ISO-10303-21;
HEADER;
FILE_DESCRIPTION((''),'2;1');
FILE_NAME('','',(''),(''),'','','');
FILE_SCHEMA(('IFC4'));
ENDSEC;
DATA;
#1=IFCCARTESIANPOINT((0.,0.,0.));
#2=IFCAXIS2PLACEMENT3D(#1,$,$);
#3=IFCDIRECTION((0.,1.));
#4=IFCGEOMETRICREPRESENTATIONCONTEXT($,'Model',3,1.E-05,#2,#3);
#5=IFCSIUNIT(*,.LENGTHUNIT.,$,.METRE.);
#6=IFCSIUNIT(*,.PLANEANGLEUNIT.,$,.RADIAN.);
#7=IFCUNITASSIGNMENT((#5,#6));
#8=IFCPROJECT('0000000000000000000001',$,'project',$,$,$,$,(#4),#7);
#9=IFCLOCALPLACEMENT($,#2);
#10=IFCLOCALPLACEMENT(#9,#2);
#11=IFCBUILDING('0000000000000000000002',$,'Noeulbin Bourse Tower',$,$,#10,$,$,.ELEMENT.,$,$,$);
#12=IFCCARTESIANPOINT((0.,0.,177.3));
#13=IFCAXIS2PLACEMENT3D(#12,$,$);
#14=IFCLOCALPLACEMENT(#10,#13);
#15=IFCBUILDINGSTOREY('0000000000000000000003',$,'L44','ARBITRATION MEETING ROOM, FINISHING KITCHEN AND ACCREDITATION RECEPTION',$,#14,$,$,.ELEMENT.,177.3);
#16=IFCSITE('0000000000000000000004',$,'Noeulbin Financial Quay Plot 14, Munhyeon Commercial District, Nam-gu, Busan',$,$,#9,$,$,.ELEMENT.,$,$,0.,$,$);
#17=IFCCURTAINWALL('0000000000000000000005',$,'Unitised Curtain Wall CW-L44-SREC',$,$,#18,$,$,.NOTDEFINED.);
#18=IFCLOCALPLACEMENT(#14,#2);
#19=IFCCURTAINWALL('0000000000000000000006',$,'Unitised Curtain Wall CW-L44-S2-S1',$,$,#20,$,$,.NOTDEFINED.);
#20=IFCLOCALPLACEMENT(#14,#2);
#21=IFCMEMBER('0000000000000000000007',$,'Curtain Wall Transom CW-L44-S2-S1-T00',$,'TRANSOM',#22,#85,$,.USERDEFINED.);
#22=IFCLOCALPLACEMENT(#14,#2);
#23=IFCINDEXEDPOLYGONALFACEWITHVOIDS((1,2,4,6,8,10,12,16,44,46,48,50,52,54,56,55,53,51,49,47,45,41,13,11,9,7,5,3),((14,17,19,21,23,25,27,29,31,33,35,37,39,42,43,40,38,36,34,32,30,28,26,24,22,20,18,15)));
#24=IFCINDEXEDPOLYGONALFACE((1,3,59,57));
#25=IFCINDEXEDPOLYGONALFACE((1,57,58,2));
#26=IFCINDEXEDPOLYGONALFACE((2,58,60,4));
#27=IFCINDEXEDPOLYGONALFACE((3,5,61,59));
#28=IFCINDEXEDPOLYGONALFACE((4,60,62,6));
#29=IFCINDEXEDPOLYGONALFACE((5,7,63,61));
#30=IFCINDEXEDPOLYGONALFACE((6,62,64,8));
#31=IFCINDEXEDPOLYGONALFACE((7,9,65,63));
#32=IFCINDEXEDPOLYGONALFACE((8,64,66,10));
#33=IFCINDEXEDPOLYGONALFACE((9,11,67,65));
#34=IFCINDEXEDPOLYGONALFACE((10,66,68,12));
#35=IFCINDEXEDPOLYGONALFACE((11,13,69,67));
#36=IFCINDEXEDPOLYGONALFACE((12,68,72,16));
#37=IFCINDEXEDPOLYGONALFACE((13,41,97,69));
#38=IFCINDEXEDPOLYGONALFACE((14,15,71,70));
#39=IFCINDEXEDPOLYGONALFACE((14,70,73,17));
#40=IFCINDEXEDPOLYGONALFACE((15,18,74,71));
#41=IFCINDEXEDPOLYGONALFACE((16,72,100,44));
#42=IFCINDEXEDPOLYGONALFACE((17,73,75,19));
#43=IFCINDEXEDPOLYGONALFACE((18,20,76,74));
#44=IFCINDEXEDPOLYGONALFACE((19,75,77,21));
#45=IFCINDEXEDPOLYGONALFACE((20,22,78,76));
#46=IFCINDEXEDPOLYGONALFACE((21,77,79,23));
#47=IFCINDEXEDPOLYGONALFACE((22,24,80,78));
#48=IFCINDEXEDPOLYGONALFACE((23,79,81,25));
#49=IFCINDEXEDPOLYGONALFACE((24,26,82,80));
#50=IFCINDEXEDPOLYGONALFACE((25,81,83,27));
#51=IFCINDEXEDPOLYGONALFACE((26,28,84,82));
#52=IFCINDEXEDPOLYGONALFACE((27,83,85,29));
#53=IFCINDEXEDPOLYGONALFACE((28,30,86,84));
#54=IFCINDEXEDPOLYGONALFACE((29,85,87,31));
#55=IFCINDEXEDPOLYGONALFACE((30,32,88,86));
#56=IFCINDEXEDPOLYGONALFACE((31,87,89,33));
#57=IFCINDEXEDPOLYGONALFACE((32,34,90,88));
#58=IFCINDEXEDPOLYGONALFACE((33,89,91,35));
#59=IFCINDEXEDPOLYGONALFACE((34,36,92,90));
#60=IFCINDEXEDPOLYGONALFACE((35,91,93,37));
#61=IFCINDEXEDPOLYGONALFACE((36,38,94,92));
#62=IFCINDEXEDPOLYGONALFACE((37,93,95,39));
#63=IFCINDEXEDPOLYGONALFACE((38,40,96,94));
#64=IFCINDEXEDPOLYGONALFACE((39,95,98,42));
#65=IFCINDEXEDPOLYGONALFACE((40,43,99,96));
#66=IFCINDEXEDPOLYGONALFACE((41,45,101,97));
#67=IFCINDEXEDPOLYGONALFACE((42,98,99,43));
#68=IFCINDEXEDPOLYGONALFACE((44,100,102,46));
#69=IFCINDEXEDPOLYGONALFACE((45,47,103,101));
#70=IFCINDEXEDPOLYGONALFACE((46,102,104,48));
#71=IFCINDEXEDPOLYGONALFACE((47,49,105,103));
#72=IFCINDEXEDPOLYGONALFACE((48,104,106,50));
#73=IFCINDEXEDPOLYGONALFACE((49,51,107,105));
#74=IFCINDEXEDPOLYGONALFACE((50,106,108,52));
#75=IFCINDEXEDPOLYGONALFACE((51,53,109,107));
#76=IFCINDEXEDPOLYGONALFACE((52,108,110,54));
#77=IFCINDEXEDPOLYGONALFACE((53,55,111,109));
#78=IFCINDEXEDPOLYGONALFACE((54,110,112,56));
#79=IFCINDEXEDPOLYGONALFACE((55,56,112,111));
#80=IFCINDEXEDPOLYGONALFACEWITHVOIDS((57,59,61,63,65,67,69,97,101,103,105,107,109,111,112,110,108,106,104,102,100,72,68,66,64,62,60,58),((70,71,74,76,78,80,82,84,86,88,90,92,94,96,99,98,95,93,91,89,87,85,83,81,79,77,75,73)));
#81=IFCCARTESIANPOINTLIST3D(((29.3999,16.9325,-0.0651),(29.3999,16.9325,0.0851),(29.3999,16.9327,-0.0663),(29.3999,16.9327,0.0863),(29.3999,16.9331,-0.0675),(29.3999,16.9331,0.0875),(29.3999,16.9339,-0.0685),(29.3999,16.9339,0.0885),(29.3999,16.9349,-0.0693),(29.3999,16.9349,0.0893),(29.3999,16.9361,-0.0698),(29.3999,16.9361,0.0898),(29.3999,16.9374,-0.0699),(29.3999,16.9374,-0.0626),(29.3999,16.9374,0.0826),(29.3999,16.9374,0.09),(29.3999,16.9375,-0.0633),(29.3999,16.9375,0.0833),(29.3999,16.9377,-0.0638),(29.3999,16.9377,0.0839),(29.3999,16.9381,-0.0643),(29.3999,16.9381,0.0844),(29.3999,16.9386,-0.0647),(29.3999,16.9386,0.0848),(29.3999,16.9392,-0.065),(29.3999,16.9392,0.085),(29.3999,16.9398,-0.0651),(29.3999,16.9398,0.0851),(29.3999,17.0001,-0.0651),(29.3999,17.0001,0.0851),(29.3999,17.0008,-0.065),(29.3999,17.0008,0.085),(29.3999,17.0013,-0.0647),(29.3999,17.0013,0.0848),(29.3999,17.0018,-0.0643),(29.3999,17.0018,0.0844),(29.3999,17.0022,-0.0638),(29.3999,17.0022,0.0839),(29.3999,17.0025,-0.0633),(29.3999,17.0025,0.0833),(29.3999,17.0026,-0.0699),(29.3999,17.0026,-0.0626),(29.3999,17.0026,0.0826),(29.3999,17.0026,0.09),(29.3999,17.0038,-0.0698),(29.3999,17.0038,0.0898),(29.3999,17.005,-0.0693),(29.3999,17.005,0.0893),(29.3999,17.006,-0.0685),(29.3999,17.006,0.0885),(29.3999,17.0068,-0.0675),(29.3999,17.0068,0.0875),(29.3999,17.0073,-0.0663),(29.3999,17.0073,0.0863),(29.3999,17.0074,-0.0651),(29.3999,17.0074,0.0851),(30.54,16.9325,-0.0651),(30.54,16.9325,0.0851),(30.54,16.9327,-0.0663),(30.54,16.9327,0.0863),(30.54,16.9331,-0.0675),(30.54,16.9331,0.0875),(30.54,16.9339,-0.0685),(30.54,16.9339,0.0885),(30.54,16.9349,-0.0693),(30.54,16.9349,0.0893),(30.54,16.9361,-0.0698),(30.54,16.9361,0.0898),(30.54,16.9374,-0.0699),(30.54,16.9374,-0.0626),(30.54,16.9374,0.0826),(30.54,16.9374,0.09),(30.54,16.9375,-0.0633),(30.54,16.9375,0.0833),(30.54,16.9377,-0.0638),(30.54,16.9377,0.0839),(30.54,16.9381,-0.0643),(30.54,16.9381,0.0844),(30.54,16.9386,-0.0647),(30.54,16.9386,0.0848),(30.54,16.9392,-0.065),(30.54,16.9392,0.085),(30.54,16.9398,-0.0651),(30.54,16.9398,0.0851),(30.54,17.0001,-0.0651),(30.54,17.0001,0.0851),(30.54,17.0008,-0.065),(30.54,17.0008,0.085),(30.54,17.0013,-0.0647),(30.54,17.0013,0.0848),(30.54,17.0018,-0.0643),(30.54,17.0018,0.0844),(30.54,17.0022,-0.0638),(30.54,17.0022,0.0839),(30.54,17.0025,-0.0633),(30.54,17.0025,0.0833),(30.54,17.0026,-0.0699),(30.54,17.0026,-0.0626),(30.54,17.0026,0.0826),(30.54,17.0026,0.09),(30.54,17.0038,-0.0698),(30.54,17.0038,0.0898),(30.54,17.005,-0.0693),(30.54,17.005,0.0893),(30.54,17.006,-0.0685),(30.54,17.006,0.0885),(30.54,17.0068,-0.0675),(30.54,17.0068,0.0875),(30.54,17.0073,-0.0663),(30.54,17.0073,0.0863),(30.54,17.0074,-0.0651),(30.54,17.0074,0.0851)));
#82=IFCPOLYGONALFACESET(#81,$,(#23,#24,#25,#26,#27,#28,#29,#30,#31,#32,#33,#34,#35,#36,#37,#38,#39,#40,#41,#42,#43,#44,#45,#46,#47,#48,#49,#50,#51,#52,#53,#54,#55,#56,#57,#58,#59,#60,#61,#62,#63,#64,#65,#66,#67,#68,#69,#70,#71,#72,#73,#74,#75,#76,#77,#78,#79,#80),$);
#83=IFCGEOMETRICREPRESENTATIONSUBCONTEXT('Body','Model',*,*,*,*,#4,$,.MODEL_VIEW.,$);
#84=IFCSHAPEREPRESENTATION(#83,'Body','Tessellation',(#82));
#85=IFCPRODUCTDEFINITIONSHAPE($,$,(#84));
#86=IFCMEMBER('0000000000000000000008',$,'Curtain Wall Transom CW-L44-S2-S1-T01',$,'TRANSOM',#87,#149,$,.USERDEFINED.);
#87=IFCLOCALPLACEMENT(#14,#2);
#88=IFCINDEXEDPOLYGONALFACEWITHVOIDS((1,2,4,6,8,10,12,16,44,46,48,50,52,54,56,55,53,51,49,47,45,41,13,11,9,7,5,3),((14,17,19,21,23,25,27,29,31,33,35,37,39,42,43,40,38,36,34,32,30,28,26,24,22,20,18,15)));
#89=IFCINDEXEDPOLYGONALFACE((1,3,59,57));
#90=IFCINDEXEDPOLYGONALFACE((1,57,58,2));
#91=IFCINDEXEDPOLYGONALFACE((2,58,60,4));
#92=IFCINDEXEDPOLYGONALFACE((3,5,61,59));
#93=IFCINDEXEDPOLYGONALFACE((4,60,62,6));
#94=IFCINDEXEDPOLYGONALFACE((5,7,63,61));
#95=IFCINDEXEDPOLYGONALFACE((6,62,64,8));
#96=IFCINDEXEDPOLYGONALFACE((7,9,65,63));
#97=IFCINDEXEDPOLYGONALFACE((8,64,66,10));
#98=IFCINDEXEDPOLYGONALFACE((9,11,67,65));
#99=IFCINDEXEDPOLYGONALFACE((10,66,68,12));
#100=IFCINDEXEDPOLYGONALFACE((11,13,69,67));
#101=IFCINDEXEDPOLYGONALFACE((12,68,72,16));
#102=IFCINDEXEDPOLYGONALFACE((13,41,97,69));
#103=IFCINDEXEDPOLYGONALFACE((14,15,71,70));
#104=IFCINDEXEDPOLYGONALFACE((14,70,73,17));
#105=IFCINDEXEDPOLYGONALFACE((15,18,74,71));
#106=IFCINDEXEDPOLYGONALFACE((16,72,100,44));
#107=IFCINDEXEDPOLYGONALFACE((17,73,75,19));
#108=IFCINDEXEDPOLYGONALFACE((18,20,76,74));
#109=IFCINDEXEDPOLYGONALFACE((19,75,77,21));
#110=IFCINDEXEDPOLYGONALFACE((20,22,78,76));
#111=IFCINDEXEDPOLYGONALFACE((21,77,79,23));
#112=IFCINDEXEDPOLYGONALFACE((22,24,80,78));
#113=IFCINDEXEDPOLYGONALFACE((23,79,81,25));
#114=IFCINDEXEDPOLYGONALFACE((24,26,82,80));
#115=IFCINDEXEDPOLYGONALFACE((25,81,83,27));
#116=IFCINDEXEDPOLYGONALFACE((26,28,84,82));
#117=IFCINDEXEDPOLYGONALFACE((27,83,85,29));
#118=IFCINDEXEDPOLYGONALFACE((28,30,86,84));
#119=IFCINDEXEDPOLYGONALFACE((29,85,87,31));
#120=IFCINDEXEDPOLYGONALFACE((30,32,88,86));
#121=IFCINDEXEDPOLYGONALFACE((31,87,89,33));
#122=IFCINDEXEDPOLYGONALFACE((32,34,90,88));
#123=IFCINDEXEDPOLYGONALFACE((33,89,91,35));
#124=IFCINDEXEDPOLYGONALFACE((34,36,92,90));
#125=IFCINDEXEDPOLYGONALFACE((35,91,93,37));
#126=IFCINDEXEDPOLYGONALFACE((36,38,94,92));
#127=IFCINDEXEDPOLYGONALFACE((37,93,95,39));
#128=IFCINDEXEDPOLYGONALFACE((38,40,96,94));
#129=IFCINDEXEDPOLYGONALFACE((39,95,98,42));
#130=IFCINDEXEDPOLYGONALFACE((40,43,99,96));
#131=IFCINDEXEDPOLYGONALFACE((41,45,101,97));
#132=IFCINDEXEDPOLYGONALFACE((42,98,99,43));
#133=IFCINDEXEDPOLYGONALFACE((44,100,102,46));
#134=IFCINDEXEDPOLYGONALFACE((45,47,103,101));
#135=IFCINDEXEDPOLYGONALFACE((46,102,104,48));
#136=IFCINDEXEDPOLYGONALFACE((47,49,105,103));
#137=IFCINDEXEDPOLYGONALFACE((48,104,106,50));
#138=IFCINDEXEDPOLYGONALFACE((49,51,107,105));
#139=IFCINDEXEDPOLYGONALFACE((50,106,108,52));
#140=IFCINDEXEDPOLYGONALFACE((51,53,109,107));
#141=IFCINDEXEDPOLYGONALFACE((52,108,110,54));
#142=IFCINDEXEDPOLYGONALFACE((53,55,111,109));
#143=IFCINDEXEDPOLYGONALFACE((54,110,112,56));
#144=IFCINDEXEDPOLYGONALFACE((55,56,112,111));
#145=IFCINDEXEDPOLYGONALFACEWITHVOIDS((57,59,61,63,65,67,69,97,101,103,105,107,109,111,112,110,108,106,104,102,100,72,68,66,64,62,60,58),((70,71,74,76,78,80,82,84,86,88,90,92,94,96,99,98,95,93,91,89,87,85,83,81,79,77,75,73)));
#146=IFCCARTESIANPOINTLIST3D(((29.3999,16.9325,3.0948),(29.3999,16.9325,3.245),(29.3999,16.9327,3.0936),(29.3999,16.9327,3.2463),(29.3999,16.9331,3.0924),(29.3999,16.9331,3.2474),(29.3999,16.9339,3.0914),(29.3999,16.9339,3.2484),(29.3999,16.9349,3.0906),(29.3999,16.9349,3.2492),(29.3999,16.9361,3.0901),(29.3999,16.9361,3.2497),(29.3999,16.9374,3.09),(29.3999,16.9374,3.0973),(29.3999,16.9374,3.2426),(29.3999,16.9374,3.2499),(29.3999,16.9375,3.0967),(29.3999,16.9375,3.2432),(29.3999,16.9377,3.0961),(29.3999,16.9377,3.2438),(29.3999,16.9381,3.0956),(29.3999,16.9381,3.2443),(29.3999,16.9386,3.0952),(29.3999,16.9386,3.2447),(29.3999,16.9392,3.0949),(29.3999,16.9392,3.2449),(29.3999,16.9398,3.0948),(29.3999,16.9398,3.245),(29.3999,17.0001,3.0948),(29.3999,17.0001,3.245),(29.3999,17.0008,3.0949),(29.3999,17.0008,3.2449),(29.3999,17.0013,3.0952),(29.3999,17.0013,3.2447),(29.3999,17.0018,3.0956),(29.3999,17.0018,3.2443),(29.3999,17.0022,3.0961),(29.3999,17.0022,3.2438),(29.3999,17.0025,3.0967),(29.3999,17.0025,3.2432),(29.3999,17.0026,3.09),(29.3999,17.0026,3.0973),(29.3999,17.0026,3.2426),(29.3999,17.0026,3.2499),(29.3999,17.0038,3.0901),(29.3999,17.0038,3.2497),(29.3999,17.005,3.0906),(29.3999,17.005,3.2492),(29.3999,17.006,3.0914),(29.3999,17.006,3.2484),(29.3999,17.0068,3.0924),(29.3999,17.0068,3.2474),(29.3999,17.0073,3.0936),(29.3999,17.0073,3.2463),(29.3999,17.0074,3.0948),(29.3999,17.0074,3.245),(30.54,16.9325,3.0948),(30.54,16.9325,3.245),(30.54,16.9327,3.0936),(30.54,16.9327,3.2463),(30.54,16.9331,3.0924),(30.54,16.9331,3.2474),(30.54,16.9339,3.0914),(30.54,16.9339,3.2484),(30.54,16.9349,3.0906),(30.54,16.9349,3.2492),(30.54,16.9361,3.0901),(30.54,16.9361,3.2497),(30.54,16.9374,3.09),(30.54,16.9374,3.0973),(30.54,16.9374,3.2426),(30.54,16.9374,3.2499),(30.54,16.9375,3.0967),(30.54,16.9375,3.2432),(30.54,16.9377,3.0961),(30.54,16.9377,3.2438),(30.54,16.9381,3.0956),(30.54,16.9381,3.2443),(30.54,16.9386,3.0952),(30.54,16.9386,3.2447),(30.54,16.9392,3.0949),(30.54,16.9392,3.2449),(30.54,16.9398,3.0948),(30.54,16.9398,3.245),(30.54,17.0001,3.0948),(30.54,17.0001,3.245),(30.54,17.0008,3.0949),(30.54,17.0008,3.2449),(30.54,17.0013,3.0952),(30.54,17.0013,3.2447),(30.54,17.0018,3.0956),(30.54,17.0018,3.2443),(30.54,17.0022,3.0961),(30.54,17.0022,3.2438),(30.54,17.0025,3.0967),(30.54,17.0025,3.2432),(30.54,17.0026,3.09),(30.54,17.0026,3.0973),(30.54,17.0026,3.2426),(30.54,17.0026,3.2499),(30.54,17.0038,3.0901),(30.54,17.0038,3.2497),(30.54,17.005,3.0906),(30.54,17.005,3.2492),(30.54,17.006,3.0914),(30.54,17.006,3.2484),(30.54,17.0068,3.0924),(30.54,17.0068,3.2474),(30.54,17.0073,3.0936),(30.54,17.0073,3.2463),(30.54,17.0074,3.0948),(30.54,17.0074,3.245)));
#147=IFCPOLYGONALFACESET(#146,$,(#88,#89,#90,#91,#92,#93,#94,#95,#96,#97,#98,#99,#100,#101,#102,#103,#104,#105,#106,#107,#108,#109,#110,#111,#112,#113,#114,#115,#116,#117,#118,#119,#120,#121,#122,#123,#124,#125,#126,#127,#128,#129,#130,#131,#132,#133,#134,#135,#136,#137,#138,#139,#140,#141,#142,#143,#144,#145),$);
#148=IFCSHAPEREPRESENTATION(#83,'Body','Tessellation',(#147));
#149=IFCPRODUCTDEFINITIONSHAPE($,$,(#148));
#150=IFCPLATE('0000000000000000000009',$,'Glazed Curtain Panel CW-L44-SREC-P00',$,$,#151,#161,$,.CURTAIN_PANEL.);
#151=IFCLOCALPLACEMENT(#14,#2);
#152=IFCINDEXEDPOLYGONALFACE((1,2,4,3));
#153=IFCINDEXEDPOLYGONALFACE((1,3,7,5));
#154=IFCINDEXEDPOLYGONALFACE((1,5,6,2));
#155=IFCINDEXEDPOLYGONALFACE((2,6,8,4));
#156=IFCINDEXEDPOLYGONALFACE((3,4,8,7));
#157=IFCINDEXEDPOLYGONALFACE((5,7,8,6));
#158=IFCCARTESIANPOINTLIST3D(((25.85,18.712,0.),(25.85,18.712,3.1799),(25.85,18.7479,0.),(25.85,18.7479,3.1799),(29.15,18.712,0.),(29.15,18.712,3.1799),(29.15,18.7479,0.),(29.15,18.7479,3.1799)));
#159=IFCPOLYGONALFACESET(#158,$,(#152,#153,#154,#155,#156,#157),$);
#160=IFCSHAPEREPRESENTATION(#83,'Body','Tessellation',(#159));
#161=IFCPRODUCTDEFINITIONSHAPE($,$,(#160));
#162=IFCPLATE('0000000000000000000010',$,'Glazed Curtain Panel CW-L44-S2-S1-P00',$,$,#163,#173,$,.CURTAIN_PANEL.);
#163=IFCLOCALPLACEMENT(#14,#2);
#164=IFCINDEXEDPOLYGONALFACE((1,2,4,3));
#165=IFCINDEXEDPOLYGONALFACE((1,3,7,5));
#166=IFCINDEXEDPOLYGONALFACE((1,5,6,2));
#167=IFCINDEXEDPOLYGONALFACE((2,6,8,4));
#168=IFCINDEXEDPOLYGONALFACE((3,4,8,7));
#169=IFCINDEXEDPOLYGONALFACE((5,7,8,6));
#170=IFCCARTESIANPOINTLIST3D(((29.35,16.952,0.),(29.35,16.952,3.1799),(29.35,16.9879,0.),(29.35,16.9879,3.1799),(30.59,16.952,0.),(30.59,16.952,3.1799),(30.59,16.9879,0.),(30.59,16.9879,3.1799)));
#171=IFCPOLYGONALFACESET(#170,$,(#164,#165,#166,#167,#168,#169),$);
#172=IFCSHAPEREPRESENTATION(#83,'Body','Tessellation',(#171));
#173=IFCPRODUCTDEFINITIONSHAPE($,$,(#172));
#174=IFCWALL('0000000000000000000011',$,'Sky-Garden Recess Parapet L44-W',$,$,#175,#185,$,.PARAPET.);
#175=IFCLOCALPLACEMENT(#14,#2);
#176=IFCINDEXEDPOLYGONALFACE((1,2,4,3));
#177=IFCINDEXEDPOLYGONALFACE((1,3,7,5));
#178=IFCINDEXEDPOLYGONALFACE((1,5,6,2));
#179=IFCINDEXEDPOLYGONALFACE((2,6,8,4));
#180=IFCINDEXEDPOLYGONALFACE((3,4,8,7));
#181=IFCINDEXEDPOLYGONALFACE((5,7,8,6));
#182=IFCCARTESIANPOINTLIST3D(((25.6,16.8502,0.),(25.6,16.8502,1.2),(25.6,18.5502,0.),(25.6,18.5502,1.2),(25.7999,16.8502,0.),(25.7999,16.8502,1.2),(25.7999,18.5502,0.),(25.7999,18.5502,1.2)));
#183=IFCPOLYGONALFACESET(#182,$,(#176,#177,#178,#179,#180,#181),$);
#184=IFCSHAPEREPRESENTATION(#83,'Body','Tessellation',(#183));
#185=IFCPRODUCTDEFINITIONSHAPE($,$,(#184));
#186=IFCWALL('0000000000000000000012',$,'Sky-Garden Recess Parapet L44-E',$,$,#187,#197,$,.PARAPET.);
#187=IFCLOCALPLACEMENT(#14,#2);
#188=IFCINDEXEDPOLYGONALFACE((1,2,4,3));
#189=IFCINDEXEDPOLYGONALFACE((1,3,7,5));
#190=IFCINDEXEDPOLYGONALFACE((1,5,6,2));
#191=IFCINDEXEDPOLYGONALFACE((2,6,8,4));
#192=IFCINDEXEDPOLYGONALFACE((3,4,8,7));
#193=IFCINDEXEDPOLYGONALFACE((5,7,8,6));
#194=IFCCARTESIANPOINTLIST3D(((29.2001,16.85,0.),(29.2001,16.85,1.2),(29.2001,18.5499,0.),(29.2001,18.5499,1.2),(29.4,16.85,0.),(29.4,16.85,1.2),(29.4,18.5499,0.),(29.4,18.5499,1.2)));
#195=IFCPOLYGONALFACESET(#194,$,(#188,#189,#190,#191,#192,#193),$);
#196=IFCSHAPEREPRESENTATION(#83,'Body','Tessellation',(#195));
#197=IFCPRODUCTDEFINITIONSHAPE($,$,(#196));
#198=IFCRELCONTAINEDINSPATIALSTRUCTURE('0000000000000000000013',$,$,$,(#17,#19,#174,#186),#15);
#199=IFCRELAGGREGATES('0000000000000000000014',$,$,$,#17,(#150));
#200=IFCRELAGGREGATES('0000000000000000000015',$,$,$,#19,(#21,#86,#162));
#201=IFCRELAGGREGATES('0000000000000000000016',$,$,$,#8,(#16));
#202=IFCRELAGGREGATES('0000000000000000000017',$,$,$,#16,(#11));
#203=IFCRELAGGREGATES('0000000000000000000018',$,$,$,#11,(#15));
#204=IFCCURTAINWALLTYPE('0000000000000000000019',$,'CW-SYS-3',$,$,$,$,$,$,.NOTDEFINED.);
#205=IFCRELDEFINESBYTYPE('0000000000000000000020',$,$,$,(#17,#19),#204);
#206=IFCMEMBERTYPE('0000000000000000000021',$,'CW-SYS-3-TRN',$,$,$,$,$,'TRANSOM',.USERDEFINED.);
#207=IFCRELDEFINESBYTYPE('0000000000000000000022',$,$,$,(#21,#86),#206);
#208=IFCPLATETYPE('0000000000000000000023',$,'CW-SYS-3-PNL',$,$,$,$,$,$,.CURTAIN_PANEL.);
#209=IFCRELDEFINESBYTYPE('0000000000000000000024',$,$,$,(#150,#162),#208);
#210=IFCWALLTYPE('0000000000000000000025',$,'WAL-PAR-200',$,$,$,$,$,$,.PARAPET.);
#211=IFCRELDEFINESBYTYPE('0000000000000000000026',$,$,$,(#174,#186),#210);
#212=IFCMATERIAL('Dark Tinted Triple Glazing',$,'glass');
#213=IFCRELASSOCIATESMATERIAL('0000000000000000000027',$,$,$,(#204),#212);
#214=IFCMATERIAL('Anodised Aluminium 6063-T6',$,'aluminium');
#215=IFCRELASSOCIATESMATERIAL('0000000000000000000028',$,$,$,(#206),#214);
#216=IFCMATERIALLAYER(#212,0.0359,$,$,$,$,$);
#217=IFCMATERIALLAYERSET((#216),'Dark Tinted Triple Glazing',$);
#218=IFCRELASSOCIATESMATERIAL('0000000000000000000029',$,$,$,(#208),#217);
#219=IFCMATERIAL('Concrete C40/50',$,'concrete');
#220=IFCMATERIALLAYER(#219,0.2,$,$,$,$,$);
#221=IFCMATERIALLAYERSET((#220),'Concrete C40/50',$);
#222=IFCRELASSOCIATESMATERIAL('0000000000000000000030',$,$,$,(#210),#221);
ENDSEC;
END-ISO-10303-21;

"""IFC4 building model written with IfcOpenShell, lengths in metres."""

from ifc_helpers import new_model, si_unit, direction, frame, frame_2d, origin, origin_2d, place, context, subcontext, project, spatial, rectangle, hollow_rectangle, extrude, material, layer, layer_set, material_profile, profile_set, type_object, element, aggregate, save


model = new_model("IFC4")

# Units and contexts
model_context = context("Model", 3, precision=1e-05, world=origin(), true_north=direction((0.0, 1.0)))
body_context = subcontext(model_context, "Body", "Model", "MODEL_VIEW")
ifc_project = project(units=[si_unit("LENGTHUNIT", "METRE"), si_unit("PLANEANGLEUNIT", "RADIAN")], contexts=[model_context])

# Site, building, storey
site_placement = place(None, origin())
site = spatial("IfcSite", under=ifc_project, at=site_placement, Name="Noeulbin Financial Quay Plot 14, Munhyeon Commercial District, Nam-gu, Busan", CompositionType="ELEMENT", RefElevation=0.0)
building_placement = place(site_placement, origin())
building = spatial("IfcBuilding", under=site, at=building_placement, Name="Noeulbin Bourse Tower", CompositionType="ELEMENT")
storey_placement = place(building_placement, frame((0.0, 0.0, 177.3)))
storey = spatial("IfcBuildingStorey", under=building, at=storey_placement, Name="L44", Description="ARBITRATION MEETING ROOM, FINISHING KITCHEN AND ACCREDITATION RECEPTION", CompositionType="ELEMENT", Elevation=177.3)

# Curtain wall
ifc_material_1 = material(Name="Dark Tinted Triple Glazing", Category="glass")
curtain_wall_type = type_object("IfcCurtainWallType", Name="CW-SYS-3", PredefinedType="NOTDEFINED", material=ifc_material_1)
curtain_wall_1_placement = place(storey_placement, origin())
curtain_wall_1 = element("IfcCurtainWall", 1, at=curtain_wall_1_placement, inside=storey, type_object=curtain_wall_type, Name="Unitised Curtain Wall CW-L44-SREC", PredefinedType="NOTDEFINED")
ifc_material_2 = material(Name="Anodised Aluminium 6063-T6", Category="aluminium")

# Curtain wall
curtain_wall_2_placement = place(storey_placement, origin())
curtain_wall_2 = element("IfcCurtainWall", 2, at=curtain_wall_2_placement, inside=storey, type_object=curtain_wall_type, Name="Unitised Curtain Wall CW-L44-S2-S1", PredefinedType="NOTDEFINED")

# Members
ifc_material_profile_1 = material_profile(ifc_material_2, hollow_rectangle(XDim=0.075, YDim=0.1599, WallThickness=0.0049, InnerFilletRadius=0.0024, OuterFilletRadius=0.0049, at=origin_2d()), Name="ALU-TRAN-75x160x5", Category="LoadBearing")
ifc_profile_set_1 = profile_set([ifc_material_profile_1], Name="Anodised Aluminium 6063-T6")
member_type_1 = type_object("IfcMemberType", Name="CW-SYS-3-TRN", ElementType="TRANSOM", PredefinedType="USERDEFINED", material=ifc_profile_set_1)
member_1_placement = place(storey_placement, frame((29.3999, 16.97, 0.01), z_axis=(1.0, 0.0, 0.0), x_axis=(0.0, 1.0, 0.0)))
member_1 = element("IfcMember", 3, at=member_1_placement, type_object=member_type_1, Name="Curtain Wall Transom CW-L44-S2-S1-T00", ObjectType="TRANSOM", PredefinedType="USERDEFINED", context=body_context, shape_type="SweptSolid", body=[
    extrude(hollow_rectangle(XDim=0.075, YDim=0.1599, WallThickness=0.0049, InnerFilletRadius=0.0024, OuterFilletRadius=0.0049, at=origin_2d()), origin(), (0.0, 0.0, 1.0), 1.1401),
])
member_2_placement = place(storey_placement, frame((29.3999, 16.97, 3.1699), z_axis=(1.0, 0.0, 0.0), x_axis=(0.0, 1.0, 0.0)))
member_2 = element("IfcMember", 4, at=member_2_placement, type_object=member_type_1, Name="Curtain Wall Transom CW-L44-S2-S1-T01", ObjectType="TRANSOM", PredefinedType="USERDEFINED", context=body_context, shape_type="SweptSolid", body=[
    extrude(hollow_rectangle(XDim=0.075, YDim=0.1599, WallThickness=0.0049, InnerFilletRadius=0.0024, OuterFilletRadius=0.0049, at=origin_2d()), origin(), (0.0, 0.0, 1.0), 1.1401),
])

# Plates
ifc_layer_1 = layer(ifc_material_1, 0.0359)
ifc_layer_set_1 = layer_set([ifc_layer_1], Name="Dark Tinted Triple Glazing")
plate_type = type_object("IfcPlateType", Name="CW-SYS-3-PNL", PredefinedType="CURTAIN_PANEL", material=ifc_layer_set_1)
plate_1_placement = place(storey_placement, frame((27.5, 18.73, 0.0), z_axis=(0.0, 0.0, 1.0), x_axis=(1.0, 0.0, 0.0)))
plate_1 = element("IfcPlate", 5, at=plate_1_placement, type_object=plate_type, Name="Glazed Curtain Panel CW-L44-SREC-P00", PredefinedType="CURTAIN_PANEL", context=body_context, shape_type="SweptSolid", body=[
    extrude(rectangle(XDim=3.3, YDim=0.0359, at=origin_2d()), origin(), (0.0, 0.0, 1.0), 3.1799),
])
aggregate(curtain_wall_1, [plate_1])
plate_2_placement = place(storey_placement, frame((29.97, 16.97, 0.0), z_axis=(0.0, 0.0, 1.0), x_axis=(1.0, 0.0, 0.0)))
plate_2 = element("IfcPlate", 6, at=plate_2_placement, type_object=plate_type, Name="Glazed Curtain Panel CW-L44-S2-S1-P00", PredefinedType="CURTAIN_PANEL", context=body_context, shape_type="SweptSolid", body=[
    extrude(rectangle(XDim=1.24, YDim=0.0359, at=origin_2d()), origin(), (0.0, 0.0, 1.0), 3.1799),
])
aggregate(curtain_wall_2, [member_1, member_2, plate_2])

# Walls
ifc_material_3 = material(Name="Concrete C40/50", Category="concrete")
ifc_layer_2 = layer(ifc_material_3, 0.2)
ifc_layer_set_2 = layer_set([ifc_layer_2], Name="Concrete C40/50")
wall_type_1 = type_object("IfcWallType", Name="WAL-PAR-200", PredefinedType="PARAPET", material=ifc_layer_set_2)
for number, where, z_axis, x_axis, name in (
    (7, (25.7, 16.8501, 0.0), (0.0, 0.0, 1.0), (0.0, 1.0, 0.0), "Sky-Garden Recess Parapet L44-W"),
    (8, (29.3, 18.55, 0.0), (0.0, 0.0, 1.0), (0.0, -1.0, 0.0), "Sky-Garden Recess Parapet L44-E"),
):
    element("IfcWall", number, at=place(storey_placement, frame(where, z_axis=z_axis, x_axis=x_axis)), inside=storey, type_object=wall_type_1, Name=name, PredefinedType="PARAPET", context=body_context, shape_type="SweptSolid", body=[
        extrude(rectangle(XDim=1.7, YDim=0.2, at=frame_2d((0.8501, 0.0))), origin(), (0.0, 0.0, 1.0), 1.2),
    ])

save(model, "model.ifc")
